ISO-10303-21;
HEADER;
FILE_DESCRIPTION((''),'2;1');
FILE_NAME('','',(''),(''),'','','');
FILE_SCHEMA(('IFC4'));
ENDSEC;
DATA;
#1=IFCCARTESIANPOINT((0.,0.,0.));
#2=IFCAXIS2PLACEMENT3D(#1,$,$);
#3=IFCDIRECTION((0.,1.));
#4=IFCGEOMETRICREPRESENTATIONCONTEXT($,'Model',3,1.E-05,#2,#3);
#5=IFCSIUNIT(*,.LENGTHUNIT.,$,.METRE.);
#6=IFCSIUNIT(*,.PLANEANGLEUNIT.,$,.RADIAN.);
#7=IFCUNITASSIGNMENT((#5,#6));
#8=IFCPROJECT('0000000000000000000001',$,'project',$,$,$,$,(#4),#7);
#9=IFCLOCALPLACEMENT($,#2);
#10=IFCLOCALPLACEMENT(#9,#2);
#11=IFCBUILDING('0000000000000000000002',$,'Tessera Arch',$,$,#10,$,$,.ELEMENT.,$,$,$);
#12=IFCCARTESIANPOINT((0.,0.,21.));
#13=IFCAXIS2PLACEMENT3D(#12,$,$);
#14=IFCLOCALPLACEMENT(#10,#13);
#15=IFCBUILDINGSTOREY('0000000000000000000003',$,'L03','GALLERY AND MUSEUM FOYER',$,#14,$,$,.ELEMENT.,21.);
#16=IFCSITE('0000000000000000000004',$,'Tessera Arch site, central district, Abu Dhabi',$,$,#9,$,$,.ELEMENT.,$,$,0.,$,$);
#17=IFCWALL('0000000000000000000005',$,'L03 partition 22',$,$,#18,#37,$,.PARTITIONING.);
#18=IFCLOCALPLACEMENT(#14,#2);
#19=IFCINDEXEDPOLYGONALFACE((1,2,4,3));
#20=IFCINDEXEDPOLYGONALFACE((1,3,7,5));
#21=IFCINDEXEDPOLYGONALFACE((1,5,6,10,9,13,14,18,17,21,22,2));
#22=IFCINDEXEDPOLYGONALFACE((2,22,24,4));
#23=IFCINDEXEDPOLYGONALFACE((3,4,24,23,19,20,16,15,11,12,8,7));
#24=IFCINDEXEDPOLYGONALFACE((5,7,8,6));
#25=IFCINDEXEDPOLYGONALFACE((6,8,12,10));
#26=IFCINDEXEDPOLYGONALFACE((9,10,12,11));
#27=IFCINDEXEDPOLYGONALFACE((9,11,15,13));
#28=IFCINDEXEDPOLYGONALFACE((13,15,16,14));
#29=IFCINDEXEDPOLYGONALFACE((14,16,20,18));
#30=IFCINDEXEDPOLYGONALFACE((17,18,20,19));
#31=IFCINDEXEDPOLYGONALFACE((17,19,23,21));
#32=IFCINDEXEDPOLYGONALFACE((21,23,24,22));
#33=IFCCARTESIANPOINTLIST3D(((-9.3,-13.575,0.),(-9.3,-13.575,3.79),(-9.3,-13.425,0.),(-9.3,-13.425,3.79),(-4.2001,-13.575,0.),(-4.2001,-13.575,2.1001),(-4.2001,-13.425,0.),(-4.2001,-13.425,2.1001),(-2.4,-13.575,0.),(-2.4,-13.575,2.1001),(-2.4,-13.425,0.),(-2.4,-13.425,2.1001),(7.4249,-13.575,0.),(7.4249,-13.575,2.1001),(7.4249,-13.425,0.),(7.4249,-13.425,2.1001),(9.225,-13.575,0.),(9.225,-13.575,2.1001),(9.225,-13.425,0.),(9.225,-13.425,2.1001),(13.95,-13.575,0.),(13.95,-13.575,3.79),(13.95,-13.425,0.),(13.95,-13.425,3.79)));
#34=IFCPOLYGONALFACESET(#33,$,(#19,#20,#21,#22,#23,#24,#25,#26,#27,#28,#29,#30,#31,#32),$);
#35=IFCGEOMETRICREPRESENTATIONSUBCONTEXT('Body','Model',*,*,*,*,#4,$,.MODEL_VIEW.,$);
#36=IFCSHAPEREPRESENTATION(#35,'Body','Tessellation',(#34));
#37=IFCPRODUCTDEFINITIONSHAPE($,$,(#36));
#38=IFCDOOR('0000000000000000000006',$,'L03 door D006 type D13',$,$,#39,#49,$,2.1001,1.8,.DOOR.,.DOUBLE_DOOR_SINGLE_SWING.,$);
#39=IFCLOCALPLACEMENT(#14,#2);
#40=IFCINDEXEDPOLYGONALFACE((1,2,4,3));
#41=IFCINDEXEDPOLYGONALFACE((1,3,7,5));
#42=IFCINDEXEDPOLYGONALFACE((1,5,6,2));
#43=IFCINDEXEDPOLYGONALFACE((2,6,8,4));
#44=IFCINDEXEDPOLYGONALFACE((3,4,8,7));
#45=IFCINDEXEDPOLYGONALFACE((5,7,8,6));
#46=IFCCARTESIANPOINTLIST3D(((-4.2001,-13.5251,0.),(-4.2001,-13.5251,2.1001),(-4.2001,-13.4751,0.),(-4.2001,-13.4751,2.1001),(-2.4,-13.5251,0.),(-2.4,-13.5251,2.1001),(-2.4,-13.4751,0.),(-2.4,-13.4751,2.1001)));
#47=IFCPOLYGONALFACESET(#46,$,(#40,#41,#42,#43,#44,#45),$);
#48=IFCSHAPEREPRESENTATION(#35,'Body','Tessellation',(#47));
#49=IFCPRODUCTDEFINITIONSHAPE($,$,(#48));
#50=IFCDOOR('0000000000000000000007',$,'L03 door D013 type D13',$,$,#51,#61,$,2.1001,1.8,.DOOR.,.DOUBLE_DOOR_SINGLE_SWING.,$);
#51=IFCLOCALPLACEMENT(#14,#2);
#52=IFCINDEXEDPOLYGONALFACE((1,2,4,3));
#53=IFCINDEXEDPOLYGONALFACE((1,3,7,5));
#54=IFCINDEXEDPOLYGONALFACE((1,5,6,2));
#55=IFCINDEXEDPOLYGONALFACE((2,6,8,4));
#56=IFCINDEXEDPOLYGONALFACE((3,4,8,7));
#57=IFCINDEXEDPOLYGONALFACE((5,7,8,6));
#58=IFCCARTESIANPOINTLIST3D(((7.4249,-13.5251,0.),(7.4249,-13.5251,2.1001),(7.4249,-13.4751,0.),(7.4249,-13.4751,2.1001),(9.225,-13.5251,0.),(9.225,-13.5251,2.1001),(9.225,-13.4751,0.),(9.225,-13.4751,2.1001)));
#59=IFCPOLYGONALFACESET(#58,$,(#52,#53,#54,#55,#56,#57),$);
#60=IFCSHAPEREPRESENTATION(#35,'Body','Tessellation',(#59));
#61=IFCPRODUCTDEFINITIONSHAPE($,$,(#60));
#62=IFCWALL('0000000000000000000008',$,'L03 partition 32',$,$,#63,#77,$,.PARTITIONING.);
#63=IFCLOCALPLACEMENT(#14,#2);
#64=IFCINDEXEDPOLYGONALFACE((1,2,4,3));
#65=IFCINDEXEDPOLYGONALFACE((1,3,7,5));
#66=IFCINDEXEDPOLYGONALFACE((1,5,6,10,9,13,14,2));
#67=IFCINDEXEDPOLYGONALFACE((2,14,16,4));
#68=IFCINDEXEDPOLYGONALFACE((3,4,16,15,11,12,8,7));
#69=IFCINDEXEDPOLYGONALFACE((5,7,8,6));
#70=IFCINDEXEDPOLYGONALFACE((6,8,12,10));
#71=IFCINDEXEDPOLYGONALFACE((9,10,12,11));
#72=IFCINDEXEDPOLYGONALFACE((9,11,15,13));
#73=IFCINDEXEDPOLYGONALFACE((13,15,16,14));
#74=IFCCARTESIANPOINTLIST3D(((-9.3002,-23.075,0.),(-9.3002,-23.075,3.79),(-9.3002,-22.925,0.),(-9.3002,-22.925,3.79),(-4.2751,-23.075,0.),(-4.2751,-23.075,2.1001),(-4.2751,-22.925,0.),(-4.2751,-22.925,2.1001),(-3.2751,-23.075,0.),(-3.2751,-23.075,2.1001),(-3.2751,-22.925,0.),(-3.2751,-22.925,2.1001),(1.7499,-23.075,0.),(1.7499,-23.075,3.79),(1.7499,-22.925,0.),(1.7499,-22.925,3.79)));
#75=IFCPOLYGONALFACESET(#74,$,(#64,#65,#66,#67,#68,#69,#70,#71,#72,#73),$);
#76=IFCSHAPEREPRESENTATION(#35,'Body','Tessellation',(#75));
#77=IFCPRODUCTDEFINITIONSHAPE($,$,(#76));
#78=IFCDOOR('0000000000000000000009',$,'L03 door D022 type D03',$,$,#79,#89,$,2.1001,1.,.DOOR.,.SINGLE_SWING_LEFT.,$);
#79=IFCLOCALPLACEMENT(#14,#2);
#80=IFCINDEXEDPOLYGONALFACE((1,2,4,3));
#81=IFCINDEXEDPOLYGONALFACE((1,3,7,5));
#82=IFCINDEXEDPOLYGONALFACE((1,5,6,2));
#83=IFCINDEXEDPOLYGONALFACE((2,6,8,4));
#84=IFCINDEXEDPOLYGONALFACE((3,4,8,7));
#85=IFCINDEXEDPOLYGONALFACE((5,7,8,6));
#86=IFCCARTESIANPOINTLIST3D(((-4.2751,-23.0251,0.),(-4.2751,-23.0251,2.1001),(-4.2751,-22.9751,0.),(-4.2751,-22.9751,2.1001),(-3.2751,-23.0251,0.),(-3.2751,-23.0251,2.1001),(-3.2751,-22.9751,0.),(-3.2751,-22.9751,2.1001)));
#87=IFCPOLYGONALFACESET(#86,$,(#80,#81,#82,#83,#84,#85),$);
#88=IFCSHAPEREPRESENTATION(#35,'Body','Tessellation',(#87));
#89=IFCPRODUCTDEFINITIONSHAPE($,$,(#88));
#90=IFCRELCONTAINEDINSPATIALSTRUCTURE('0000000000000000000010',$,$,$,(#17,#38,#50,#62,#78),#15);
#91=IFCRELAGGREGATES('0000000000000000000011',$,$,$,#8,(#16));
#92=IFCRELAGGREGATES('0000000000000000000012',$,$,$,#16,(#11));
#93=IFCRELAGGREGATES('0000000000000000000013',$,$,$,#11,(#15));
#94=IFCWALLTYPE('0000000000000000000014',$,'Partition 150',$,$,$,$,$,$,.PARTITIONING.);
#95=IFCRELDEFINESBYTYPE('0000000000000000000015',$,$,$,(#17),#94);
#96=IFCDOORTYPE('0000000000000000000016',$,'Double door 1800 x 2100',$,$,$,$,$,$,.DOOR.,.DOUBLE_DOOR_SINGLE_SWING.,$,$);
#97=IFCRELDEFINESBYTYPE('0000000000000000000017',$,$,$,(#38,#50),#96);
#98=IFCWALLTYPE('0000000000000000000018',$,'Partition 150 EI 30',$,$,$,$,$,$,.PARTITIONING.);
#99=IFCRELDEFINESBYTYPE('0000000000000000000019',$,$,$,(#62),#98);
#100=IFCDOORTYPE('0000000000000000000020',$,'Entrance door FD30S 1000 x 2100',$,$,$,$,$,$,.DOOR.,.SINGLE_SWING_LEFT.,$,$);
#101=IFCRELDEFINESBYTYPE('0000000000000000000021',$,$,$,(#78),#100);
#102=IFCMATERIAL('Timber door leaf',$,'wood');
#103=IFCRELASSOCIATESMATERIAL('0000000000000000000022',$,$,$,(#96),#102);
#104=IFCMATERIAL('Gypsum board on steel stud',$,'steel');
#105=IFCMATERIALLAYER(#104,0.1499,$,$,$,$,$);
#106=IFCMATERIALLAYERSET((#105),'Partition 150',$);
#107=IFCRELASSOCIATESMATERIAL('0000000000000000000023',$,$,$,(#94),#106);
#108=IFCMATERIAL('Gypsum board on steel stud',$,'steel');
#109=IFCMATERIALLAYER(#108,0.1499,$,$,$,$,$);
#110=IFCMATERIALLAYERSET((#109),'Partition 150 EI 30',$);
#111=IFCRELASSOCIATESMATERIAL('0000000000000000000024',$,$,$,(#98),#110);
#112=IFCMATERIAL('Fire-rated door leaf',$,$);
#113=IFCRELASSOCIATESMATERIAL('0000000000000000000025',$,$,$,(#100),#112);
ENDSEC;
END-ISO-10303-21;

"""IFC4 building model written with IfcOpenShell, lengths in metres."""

from ifc_helpers import new_model, si_unit, direction, frame, frame_2d, origin, place, context, subcontext, project, spatial, rectangle, extrude, material, layer, layer_set, type_object, element, fill, save


model = new_model("IFC4")

# Units and contexts
model_context = context("Model", 3, precision=1e-05, world=origin(), true_north=direction((0.0, 1.0)))
body_context = subcontext(model_context, "Body", "Model", "MODEL_VIEW")
ifc_project = project(units=[si_unit("LENGTHUNIT", "METRE"), si_unit("PLANEANGLEUNIT", "RADIAN")], contexts=[model_context])

# Site, building, storey
site_placement = place(None, origin())
site = spatial("IfcSite", under=ifc_project, at=site_placement, Name="Tessera Arch site, central district, Abu Dhabi", CompositionType="ELEMENT", RefElevation=0.0)
building_placement = place(site_placement, origin())
building = spatial("IfcBuilding", under=site, at=building_placement, Name="Tessera Arch", CompositionType="ELEMENT")
storey_placement = place(building_placement, frame((0.0, 0.0, 21.0)))
storey = spatial("IfcBuildingStorey", under=building, at=storey_placement, Name="L03", Description="GALLERY AND MUSEUM FOYER", CompositionType="ELEMENT", Elevation=21.0)

# Shared definitions
ifc_material_1 = material(Name="Timber door leaf", Category="wood")
door_type_1 = type_object("IfcDoorType", Name="Double door 1800 x 2100", OperationType="DOUBLE_DOOR_SINGLE_SWING", PredefinedType="DOOR", material=ifc_material_1)

# Wall, openings, doors
ifc_material_2 = material(Name="Gypsum board on steel stud", Category="steel")
ifc_layer_1 = layer(ifc_material_2, 0.1499)
ifc_layer_set_1 = layer_set([ifc_layer_1], Name="Partition 150")
wall_type_1 = type_object("IfcWallType", Name="Partition 150", PredefinedType="PARTITIONING", material=ifc_layer_set_1)
wall_1_placement = place(storey_placement, frame((-9.3, -13.5, 0.0), z_axis=(0.0, 0.0, 1.0), x_axis=(1.0, 0.0, 0.0)))
wall_1 = element("IfcWall", 1, at=wall_1_placement, inside=storey, type_object=wall_type_1, Name="L03 partition 22", PredefinedType="PARTITIONING", context=body_context, shape_type="SweptSolid", body=[
    extrude(rectangle(XDim=23.25, YDim=0.1499, at=frame_2d((11.625, 0.0))), origin(), (0.0, 0.0, 1.0), 3.79),
])
opening_1_placement = place(wall_1_placement, frame((5.1001, 0.0, 0.0)))
opening_1 = element("IfcOpeningElement", 2, at=opening_1_placement, cuts=wall_1, PredefinedType="OPENING", context=body_context, shape_type="SweptSolid", body=[
    extrude(rectangle(XDim=1.8, YDim=2.1001, at=frame_2d((0.8999, 1.05))), frame((0.0, 0.085, 0.0), z_axis=(0.0, -1.0, 0.0), x_axis=(1.0, 0.0, 0.0)), (0.0, 0.0, 1.0), 0.1699),
])
opening_2_placement = place(wall_1_placement, frame((16.7251, 0.0, 0.0)))
opening_2 = element("IfcOpeningElement", 3, at=opening_2_placement, cuts=wall_1, PredefinedType="OPENING", context=body_context, shape_type="SweptSolid", body=[
    extrude(rectangle(XDim=1.8, YDim=2.1001, at=frame_2d((0.8999, 1.05))), frame((0.0, 0.085, 0.0), z_axis=(0.0, -1.0, 0.0), x_axis=(1.0, 0.0, 0.0)), (0.0, 0.0, 1.0), 0.1699),
])
door_1_placement = place(opening_1_placement, origin())
door_1 = element("IfcDoor", 4, at=door_1_placement, inside=storey, type_object=door_type_1, Name="L03 door D006 type D13", OperationType="DOUBLE_DOOR_SINGLE_SWING", OverallHeight=2.1001, OverallWidth=1.8, PredefinedType="DOOR", context=body_context, shape_type="SweptSolid", body=[
    extrude(rectangle(XDim=1.8, YDim=2.1001, at=frame_2d((0.8999, 1.05))), frame((0.0, 0.0249, 0.0), z_axis=(0.0, -1.0, 0.0), x_axis=(1.0, 0.0, 0.0)), (0.0, 0.0, 1.0), 0.05),
])
fill(opening_1, door_1)
door_2_placement = place(opening_2_placement, origin())
door_2 = element("IfcDoor", 5, at=door_2_placement, inside=storey, type_object=door_type_1, Name="L03 door D013 type D13", OperationType="DOUBLE_DOOR_SINGLE_SWING", OverallHeight=2.1001, OverallWidth=1.8, PredefinedType="DOOR", context=body_context, shape_type="SweptSolid", body=[
    extrude(rectangle(XDim=1.8, YDim=2.1001, at=frame_2d((0.8999, 1.05))), frame((0.0, 0.0249, 0.0), z_axis=(0.0, -1.0, 0.0), x_axis=(1.0, 0.0, 0.0)), (0.0, 0.0, 1.0), 0.05),
])
fill(opening_2, door_2)

# Wall, opening, door
ifc_material_3 = material(Name="Gypsum board on steel stud", Category="steel")
ifc_layer_2 = layer(ifc_material_3, 0.1499)
ifc_layer_set_2 = layer_set([ifc_layer_2], Name="Partition 150 EI 30")
wall_type_2 = type_object("IfcWallType", Name="Partition 150 EI 30", PredefinedType="PARTITIONING", material=ifc_layer_set_2)
wall_2_placement = place(storey_placement, frame((-9.3, -23.0, 0.0), z_axis=(0.0, 0.0, 1.0), x_axis=(1.0, 0.0, 0.0)))
wall_2 = element("IfcWall", 6, at=wall_2_placement, inside=storey, type_object=wall_type_2, Name="L03 partition 32", PredefinedType="PARTITIONING", context=body_context, shape_type="SweptSolid", body=[
    extrude(rectangle(XDim=11.05, YDim=0.1499, at=frame_2d((5.5249, 0.0))), origin(), (0.0, 0.0, 1.0), 3.79),
])
opening_3_placement = place(wall_2_placement, frame((5.0249, 0.0, 0.0)))
opening_3 = element("IfcOpeningElement", 7, at=opening_3_placement, cuts=wall_2, PredefinedType="OPENING", context=body_context, shape_type="SweptSolid", body=[
    extrude(rectangle(XDim=1.0, YDim=2.1001, at=frame_2d((0.5, 1.05))), frame((0.0, 0.085, 0.0), z_axis=(0.0, -1.0, 0.0), x_axis=(1.0, 0.0, 0.0)), (0.0, 0.0, 1.0), 0.1699),
])
ifc_material_4 = material(Name="Fire-rated door leaf")
door_type_2 = type_object("IfcDoorType", Name="Entrance door FD30S 1000 x 2100", OperationType="SINGLE_SWING_LEFT", PredefinedType="DOOR", material=ifc_material_4)
door_3_placement = place(opening_3_placement, origin())
door_3 = element("IfcDoor", 8, at=door_3_placement, inside=storey, type_object=door_type_2, Name="L03 door D022 type D03", OperationType="SINGLE_SWING_LEFT", OverallHeight=2.1001, OverallWidth=1.0, PredefinedType="DOOR", context=body_context, shape_type="SweptSolid", body=[
    extrude(rectangle(XDim=1.0, YDim=2.1001, at=frame_2d((0.5, 1.05))), frame((0.0, 0.0249, 0.0), z_axis=(0.0, -1.0, 0.0), x_axis=(1.0, 0.0, 0.0)), (0.0, 0.0, 1.0), 0.05),
])
fill(opening_3, door_3)

save(model, "model.ifc")
